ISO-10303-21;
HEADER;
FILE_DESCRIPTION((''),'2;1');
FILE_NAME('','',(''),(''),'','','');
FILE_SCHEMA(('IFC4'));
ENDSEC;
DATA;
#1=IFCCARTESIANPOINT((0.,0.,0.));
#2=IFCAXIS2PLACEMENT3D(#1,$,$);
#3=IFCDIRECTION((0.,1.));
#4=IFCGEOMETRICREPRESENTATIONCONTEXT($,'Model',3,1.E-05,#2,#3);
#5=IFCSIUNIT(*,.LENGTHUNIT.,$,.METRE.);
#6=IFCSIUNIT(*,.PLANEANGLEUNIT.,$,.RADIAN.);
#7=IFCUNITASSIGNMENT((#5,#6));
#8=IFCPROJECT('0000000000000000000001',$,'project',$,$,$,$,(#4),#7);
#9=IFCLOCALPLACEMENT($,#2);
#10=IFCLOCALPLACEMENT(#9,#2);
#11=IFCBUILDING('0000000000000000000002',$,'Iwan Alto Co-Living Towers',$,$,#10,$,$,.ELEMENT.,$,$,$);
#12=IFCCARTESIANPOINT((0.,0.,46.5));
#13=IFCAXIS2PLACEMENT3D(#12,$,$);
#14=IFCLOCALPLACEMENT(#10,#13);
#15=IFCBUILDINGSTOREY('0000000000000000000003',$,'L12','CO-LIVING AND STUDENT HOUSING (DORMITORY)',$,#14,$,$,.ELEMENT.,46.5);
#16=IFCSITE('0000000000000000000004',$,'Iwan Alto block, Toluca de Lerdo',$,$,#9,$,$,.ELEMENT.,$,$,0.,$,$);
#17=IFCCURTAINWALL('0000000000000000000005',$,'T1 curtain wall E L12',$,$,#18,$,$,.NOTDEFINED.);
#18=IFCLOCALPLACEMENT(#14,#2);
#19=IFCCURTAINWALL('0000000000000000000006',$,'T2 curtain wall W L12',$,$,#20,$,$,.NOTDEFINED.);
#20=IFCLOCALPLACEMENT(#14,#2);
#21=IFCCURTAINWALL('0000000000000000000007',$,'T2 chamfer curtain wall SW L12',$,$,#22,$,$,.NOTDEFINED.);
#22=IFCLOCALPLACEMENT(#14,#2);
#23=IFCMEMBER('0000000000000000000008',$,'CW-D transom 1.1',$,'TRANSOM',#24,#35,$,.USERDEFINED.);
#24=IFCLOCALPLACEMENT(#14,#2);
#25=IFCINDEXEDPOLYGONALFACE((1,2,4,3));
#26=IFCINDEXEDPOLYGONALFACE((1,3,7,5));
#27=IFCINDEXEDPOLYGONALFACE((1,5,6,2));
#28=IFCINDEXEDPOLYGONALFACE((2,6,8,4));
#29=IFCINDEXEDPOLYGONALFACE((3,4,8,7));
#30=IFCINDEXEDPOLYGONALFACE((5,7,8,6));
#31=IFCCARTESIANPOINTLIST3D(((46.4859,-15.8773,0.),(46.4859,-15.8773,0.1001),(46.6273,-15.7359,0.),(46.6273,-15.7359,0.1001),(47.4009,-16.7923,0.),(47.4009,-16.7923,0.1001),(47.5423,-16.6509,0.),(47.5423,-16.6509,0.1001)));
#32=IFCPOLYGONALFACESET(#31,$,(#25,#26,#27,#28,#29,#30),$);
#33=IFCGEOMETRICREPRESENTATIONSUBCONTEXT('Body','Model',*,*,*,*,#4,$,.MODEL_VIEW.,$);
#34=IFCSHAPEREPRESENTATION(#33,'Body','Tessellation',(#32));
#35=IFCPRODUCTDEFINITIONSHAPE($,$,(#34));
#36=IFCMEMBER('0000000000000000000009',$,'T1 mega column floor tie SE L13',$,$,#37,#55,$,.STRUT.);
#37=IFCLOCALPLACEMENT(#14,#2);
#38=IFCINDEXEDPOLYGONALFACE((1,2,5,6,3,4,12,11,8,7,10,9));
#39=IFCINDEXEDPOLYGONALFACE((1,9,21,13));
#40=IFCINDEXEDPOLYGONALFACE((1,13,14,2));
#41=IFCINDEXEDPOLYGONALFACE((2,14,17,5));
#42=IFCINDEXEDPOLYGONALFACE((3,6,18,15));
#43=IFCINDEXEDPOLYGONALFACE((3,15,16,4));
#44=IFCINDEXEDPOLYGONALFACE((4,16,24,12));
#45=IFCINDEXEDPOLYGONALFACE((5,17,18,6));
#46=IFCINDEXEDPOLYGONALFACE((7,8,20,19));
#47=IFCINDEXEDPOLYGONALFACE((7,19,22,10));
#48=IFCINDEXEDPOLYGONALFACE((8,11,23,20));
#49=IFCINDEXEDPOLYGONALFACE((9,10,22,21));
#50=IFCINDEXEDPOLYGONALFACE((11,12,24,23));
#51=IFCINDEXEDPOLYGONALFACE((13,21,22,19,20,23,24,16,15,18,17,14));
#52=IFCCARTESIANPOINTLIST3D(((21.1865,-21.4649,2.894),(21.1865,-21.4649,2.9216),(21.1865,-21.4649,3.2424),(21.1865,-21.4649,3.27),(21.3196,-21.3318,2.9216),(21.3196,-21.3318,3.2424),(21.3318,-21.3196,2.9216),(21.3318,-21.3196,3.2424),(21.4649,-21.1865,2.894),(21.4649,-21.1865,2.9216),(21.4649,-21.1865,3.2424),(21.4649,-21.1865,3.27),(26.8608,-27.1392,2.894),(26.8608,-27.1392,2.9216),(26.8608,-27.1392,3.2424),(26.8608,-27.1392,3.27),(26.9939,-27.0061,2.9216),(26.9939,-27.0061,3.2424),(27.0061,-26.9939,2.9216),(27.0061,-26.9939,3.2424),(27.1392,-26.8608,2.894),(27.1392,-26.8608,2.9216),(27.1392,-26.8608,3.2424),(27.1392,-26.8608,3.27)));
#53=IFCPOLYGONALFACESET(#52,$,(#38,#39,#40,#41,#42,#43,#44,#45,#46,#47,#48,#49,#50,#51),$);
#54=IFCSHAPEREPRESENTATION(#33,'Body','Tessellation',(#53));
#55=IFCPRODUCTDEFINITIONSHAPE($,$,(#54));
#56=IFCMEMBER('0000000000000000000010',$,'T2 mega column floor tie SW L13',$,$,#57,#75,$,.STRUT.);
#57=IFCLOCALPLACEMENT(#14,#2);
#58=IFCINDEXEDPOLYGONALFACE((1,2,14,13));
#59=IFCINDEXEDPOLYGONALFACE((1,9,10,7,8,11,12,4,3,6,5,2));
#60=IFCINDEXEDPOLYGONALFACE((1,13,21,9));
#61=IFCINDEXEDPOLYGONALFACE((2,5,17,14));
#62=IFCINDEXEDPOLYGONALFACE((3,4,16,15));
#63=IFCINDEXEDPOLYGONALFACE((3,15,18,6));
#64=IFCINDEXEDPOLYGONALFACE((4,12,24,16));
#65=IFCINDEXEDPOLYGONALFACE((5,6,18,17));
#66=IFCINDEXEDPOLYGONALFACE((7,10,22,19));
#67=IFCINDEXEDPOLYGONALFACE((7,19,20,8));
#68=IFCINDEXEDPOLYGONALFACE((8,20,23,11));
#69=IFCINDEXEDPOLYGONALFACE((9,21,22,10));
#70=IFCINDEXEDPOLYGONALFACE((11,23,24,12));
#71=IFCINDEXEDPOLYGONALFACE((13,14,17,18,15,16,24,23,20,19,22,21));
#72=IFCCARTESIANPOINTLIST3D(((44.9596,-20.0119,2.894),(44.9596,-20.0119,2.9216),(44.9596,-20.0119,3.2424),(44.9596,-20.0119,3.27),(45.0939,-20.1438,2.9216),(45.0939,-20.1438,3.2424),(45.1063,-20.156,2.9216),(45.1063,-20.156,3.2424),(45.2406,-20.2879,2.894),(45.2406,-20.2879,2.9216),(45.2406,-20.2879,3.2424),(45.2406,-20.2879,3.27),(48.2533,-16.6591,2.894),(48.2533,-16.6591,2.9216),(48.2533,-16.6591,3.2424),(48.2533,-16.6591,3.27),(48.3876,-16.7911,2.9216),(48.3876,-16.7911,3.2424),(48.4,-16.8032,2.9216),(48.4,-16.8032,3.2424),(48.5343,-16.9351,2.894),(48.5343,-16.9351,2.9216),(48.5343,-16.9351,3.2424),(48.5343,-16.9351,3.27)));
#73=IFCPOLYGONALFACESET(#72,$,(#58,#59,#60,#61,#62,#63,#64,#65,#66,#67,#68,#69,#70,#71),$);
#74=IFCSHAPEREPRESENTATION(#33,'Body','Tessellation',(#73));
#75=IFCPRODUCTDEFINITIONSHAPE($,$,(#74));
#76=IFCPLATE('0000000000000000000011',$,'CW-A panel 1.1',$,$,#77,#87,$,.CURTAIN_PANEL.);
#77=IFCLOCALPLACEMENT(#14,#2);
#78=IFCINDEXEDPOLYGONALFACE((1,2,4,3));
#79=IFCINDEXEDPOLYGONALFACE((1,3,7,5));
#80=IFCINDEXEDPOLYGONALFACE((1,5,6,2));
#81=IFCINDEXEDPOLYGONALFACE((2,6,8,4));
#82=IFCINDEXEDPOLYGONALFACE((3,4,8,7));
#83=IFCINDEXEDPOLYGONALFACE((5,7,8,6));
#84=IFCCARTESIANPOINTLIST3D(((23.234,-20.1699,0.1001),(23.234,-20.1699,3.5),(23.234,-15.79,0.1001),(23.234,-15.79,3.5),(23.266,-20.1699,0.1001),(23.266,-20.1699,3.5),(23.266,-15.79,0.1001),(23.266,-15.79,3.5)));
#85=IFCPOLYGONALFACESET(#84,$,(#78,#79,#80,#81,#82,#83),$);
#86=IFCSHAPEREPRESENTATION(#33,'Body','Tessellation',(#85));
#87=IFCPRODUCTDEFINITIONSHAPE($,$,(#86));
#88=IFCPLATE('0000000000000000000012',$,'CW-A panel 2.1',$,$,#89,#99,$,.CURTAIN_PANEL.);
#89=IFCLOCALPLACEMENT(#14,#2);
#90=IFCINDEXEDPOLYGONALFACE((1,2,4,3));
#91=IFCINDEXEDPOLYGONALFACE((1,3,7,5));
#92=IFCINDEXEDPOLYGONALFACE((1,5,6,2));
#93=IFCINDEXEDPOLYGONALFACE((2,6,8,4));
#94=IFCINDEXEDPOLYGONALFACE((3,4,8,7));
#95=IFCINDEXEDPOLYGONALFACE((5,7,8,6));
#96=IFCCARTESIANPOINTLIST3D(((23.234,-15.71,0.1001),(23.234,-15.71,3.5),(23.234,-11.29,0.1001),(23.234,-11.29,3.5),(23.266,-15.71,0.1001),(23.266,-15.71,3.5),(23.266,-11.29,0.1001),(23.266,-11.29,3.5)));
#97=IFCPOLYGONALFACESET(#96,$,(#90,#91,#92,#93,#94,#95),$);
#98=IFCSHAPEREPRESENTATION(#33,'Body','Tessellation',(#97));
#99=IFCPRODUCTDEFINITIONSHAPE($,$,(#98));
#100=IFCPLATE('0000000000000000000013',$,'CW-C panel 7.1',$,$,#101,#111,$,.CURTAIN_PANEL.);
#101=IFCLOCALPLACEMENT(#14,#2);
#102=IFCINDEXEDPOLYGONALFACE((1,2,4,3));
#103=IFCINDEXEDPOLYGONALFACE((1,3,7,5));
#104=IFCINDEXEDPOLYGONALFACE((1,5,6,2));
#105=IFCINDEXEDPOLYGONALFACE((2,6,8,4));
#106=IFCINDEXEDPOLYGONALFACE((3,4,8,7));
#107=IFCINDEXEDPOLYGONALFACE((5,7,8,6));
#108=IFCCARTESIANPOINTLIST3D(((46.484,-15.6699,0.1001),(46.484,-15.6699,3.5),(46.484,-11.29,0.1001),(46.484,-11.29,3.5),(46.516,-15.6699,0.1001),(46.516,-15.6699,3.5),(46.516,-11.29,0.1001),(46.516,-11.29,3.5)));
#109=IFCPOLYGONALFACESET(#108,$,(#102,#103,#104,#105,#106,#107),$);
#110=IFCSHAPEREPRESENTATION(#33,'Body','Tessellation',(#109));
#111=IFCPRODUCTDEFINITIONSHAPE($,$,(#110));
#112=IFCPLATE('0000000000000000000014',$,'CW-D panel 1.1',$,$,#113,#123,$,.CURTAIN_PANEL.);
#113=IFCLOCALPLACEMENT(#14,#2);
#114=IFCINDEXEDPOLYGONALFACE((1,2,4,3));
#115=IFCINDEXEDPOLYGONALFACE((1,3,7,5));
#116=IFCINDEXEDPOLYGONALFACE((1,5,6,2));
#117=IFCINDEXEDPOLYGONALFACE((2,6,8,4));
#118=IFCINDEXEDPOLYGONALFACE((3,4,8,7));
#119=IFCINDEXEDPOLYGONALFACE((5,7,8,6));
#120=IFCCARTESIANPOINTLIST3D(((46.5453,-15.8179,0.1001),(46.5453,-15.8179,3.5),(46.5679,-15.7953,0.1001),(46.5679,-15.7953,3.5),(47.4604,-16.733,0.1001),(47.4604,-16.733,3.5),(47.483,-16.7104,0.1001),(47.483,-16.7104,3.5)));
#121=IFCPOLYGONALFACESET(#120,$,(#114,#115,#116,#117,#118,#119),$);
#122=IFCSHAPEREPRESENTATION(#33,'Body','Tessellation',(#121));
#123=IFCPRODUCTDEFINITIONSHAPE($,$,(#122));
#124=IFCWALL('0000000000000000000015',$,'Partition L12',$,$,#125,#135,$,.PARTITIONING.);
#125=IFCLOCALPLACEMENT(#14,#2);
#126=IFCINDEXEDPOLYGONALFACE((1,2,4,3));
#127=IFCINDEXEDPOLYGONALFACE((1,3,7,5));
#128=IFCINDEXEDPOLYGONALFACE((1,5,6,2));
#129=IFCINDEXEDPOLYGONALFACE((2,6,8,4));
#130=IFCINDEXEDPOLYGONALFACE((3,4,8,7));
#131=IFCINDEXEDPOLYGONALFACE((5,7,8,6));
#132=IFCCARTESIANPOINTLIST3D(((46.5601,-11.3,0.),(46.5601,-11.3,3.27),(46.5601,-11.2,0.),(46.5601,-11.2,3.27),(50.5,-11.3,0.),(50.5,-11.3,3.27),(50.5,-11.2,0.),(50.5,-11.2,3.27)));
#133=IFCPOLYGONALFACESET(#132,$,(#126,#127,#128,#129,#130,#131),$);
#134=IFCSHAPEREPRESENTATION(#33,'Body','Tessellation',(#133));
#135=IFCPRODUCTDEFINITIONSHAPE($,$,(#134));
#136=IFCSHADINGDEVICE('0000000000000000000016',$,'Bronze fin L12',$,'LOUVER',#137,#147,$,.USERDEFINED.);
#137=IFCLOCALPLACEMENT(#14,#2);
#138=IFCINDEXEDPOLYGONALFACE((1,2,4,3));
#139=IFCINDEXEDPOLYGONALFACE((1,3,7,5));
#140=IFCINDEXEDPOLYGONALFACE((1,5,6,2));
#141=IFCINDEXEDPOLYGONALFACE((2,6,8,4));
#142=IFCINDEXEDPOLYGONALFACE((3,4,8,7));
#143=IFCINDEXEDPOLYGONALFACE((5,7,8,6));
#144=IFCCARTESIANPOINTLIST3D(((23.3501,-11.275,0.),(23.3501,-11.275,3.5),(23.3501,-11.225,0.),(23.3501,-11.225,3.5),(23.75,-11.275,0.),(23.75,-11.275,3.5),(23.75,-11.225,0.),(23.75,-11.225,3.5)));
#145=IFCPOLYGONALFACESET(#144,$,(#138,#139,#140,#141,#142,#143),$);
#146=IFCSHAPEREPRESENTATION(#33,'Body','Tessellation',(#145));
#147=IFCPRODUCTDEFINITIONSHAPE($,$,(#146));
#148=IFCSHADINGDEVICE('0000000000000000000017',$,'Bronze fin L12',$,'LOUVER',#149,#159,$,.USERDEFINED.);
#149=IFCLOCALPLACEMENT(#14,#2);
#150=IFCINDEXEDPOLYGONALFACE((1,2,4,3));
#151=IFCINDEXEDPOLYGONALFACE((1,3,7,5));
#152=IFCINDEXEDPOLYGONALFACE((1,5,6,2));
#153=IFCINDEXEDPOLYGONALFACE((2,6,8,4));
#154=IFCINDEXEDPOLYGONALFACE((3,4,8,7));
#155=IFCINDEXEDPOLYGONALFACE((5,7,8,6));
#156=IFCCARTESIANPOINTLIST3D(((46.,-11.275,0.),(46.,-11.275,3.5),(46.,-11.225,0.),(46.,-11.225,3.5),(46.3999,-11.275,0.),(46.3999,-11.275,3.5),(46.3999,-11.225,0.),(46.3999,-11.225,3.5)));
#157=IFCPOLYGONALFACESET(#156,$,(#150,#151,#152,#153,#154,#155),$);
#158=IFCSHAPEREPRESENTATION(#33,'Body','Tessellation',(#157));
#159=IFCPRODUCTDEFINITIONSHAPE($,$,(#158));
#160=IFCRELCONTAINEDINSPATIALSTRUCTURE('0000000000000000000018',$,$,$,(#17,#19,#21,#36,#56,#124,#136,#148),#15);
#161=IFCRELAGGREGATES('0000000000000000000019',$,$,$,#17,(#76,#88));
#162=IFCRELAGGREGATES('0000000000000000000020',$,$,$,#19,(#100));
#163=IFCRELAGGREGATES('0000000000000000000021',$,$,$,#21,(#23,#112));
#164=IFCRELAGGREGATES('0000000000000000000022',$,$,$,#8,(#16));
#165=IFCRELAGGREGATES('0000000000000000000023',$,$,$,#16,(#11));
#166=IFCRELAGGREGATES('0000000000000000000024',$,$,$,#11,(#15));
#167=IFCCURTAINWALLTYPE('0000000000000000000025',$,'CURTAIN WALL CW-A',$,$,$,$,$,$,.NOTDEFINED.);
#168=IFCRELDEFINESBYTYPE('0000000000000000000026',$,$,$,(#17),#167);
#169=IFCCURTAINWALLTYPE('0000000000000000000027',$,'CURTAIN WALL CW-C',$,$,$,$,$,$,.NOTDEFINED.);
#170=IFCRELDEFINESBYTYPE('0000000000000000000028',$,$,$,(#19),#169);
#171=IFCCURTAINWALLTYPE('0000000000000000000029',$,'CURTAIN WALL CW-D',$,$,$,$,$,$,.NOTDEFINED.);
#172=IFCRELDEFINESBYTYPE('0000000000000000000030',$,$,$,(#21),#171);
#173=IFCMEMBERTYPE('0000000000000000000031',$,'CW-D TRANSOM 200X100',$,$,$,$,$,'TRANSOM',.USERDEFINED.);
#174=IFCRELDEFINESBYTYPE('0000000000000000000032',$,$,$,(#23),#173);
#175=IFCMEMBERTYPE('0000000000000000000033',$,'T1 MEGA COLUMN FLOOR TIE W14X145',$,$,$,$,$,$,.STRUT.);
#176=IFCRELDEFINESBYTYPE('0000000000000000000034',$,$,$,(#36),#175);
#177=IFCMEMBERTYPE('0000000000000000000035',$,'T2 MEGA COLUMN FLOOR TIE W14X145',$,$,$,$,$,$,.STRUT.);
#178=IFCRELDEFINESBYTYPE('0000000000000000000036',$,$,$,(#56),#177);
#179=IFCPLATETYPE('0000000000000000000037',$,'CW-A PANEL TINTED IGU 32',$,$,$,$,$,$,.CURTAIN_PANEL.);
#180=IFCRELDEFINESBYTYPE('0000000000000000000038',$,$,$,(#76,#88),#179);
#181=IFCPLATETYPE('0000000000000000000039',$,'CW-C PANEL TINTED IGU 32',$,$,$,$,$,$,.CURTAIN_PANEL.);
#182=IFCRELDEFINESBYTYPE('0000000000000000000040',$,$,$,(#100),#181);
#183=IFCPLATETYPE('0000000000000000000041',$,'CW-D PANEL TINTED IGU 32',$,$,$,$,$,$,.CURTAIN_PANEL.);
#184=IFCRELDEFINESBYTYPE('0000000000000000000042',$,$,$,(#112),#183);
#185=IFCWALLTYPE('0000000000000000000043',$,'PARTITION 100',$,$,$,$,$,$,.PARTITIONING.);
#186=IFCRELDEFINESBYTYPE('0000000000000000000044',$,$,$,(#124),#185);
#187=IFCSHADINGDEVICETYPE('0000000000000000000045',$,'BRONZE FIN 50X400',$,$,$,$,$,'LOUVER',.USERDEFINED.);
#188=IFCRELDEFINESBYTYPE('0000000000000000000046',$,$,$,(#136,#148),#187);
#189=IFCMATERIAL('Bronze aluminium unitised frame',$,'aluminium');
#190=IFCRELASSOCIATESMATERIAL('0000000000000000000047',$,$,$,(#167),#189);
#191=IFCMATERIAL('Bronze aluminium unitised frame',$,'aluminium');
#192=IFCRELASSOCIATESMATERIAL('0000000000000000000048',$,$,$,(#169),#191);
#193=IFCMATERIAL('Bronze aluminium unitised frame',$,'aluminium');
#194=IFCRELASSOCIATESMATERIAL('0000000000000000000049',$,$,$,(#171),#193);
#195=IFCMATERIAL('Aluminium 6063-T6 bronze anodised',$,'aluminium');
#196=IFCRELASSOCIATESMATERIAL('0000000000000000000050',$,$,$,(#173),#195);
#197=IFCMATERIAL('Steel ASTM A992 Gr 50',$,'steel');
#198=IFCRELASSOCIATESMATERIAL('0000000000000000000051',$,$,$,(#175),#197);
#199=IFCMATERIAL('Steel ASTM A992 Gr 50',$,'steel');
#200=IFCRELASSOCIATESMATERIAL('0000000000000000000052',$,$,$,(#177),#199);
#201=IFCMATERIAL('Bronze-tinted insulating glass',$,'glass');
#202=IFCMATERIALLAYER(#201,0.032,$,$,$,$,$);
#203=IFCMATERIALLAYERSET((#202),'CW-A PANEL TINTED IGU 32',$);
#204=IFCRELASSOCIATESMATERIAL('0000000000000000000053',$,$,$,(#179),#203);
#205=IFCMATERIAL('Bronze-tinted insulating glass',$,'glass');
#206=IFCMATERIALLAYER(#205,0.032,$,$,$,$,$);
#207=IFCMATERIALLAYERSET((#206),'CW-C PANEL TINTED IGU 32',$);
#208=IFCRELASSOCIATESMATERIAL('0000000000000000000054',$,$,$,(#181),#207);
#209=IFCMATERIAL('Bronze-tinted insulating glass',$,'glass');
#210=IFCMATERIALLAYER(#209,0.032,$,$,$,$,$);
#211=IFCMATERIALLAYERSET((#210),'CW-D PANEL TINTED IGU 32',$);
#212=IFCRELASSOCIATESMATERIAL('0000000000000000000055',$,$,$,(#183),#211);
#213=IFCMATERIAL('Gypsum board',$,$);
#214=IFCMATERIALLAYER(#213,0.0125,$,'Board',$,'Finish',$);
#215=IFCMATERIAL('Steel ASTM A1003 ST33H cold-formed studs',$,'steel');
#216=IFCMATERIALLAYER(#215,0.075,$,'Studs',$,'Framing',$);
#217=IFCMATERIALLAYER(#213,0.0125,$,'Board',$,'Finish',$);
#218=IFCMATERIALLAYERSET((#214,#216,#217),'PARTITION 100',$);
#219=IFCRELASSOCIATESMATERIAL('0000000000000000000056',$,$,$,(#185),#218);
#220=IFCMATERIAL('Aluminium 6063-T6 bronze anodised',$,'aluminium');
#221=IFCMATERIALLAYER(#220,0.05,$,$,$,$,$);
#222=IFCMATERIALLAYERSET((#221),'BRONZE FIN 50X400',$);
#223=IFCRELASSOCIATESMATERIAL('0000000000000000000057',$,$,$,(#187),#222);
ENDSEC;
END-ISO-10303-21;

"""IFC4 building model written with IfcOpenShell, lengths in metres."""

from ifc_helpers import new_model, si_unit, direction, frame, frame_2d, origin, origin_2d, place, context, subcontext, project, spatial, rectangle, i_section, extrude, material, layer, layer_set, material_profile, profile_set, type_object, element, aggregate, save


model = new_model("IFC4")

# Units and contexts
model_context = context("Model", 3, precision=1e-05, world=origin(), true_north=direction((0.0, 1.0)))
body_context = subcontext(model_context, "Body", "Model", "MODEL_VIEW")
ifc_project = project(units=[si_unit("LENGTHUNIT", "METRE"), si_unit("PLANEANGLEUNIT", "RADIAN")], contexts=[model_context])

# Site, building, storey
site_placement = place(None, origin())
site = spatial("IfcSite", under=ifc_project, at=site_placement, Name="Iwan Alto block, Toluca de Lerdo", CompositionType="ELEMENT", RefElevation=0.0)
building_placement = place(site_placement, origin())
building = spatial("IfcBuilding", under=site, at=building_placement, Name="Iwan Alto Co-Living Towers", CompositionType="ELEMENT")
storey_placement = place(building_placement, frame((0.0, 0.0, 46.5)))
storey = spatial("IfcBuildingStorey", under=building, at=storey_placement, Name="L12", Description="CO-LIVING AND STUDENT HOUSING (DORMITORY)", CompositionType="ELEMENT", Elevation=46.5)

# Curtain walls, member
ifc_material_1 = material(Name="Bronze aluminium unitised frame", Category="aluminium")
curtain_wall_type_1 = type_object("IfcCurtainWallType", Name="CURTAIN WALL CW-A", PredefinedType="NOTDEFINED", material=ifc_material_1)
curtain_wall_1_placement = place(storey_placement, origin())
curtain_wall_1 = element("IfcCurtainWall", 1, at=curtain_wall_1_placement, inside=storey, type_object=curtain_wall_type_1, Name="T1 curtain wall E L12", PredefinedType="NOTDEFINED")
ifc_material_2 = material(Name="Bronze aluminium unitised frame", Category="aluminium")
curtain_wall_type_2 = type_object("IfcCurtainWallType", Name="CURTAIN WALL CW-C", PredefinedType="NOTDEFINED", material=ifc_material_2)
curtain_wall_2_placement = place(storey_placement, origin())
curtain_wall_2 = element("IfcCurtainWall", 2, at=curtain_wall_2_placement, inside=storey, type_object=curtain_wall_type_2, Name="T2 curtain wall W L12", PredefinedType="NOTDEFINED")
ifc_material_3 = material(Name="Bronze aluminium unitised frame", Category="aluminium")
curtain_wall_type_3 = type_object("IfcCurtainWallType", Name="CURTAIN WALL CW-D", PredefinedType="NOTDEFINED", material=ifc_material_3)
curtain_wall_3_placement = place(storey_placement, origin())
curtain_wall_3 = element("IfcCurtainWall", 3, at=curtain_wall_3_placement, inside=storey, type_object=curtain_wall_type_3, Name="T2 chamfer curtain wall SW L12", PredefinedType="NOTDEFINED")
ifc_material_4 = material(Name="Aluminium 6063-T6 bronze anodised", Category="aluminium")
ifc_material_profile_1 = material_profile(ifc_material_4, rectangle(XDim=0.2, YDim=0.1001, at=origin_2d()), Name="AL 200X100")
ifc_profile_set_1 = profile_set([ifc_material_profile_1], Name="Aluminium 6063-T6 bronze anodised")
member_type_1 = type_object("IfcMemberType", Name="CW-D TRANSOM 200X100", ElementType="TRANSOM", PredefinedType="USERDEFINED", material=ifc_profile_set_1)
member_1_placement = place(storey_placement, frame((46.5566, -15.8066, 0.05), z_axis=(0.707107, -0.707107, 0.0), x_axis=(0.707107, 0.707107, 0.0)))
member_1 = element("IfcMember", 4, at=member_1_placement, type_object=member_type_1, Name="CW-D transom 1.1", ObjectType="TRANSOM", PredefinedType="USERDEFINED", context=body_context, shape_type="SweptSolid", body=[
    extrude(rectangle(XDim=0.2, YDim=0.1001, at=origin_2d()), origin(), (0.0, 0.0, 1.0), 1.2939),
])

# Members
ifc_material_5 = material(Name="Steel ASTM A992 Gr 50", Category="steel")
ifc_material_profile_2 = material_profile(ifc_material_5, i_section(OverallWidth=0.3938, OverallDepth=0.376, WebThickness=0.0173, FlangeThickness=0.0276, at=origin_2d()), Name="W14X145")
ifc_profile_set_2 = profile_set([ifc_material_profile_2], Name="Steel ASTM A992 Gr 50")
member_type_2 = type_object("IfcMemberType", Name="T1 MEGA COLUMN FLOOR TIE W14X145", PredefinedType="STRUT", material=ifc_profile_set_2)
member_2_placement = place(storey_placement, frame((27.0, -27.0, 3.082), z_axis=(-0.707107, 0.707107, 0.0), x_axis=(-0.707107, -0.707107, 0.0)))
element("IfcMember", 5, at=member_2_placement, inside=storey, type_object=member_type_2, Name="T1 mega column floor tie SE L13", PredefinedType="STRUT", context=body_context, shape_type="SweptSolid", body=[
    extrude(i_section(OverallWidth=0.3938, OverallDepth=0.376, WebThickness=0.0173, FlangeThickness=0.0276, at=origin_2d()), origin(), (0.0, 0.0, 1.0), 8.0247),
])
ifc_material_6 = material(Name="Steel ASTM A992 Gr 50", Category="steel")
ifc_material_profile_3 = material_profile(ifc_material_6, i_section(OverallWidth=0.3938, OverallDepth=0.376, WebThickness=0.0173, FlangeThickness=0.0276, at=origin_2d()), Name="W14X145")
ifc_profile_set_3 = profile_set([ifc_material_profile_3], Name="Steel ASTM A992 Gr 50")
member_type_3 = type_object("IfcMemberType", Name="T2 MEGA COLUMN FLOOR TIE W14X145", PredefinedType="STRUT", material=ifc_profile_set_3)
member_3_placement = place(storey_placement, frame((45.1001, -20.1499, 3.082), z_axis=(0.700793, 0.713364, 0.0), x_axis=(-0.713364, 0.700793, 0.0)))
element("IfcMember", 6, at=member_3_placement, inside=storey, type_object=member_type_3, Name="T2 mega column floor tie SW L13", PredefinedType="STRUT", context=body_context, shape_type="SweptSolid", body=[
    extrude(i_section(OverallWidth=0.3938, OverallDepth=0.376, WebThickness=0.0173, FlangeThickness=0.0276, at=origin_2d()), origin(), (0.0, 0.0, 1.0), 4.7),
])

# Plates
ifc_material_7 = material(Name="Bronze-tinted insulating glass", Category="glass")
ifc_layer_1 = layer(ifc_material_7, 0.032)
ifc_layer_set_1 = layer_set([ifc_layer_1], Name="CW-A PANEL TINTED IGU 32")
plate_type_1 = type_object("IfcPlateType", Name="CW-A PANEL TINTED IGU 32", PredefinedType="CURTAIN_PANEL", material=ifc_layer_set_1)
plate_1_placement = place(storey_placement, frame((23.25, -17.98, 0.1001), z_axis=(0.0, 0.0, 1.0), x_axis=(0.0, 1.0, 0.0)))
plate_1 = element("IfcPlate", 7, at=plate_1_placement, type_object=plate_type_1, Name="CW-A panel 1.1", PredefinedType="CURTAIN_PANEL", context=body_context, shape_type="SweptSolid", body=[
    extrude(rectangle(XDim=4.3799, YDim=0.032, at=origin_2d()), origin(), (0.0, 0.0, 1.0), 3.3999),
])
plate_2_placement = place(storey_placement, frame((23.25, -13.5, 0.1001), z_axis=(0.0, 0.0, 1.0), x_axis=(0.0, 1.0, 0.0)))
plate_2 = element("IfcPlate", 8, at=plate_2_placement, type_object=plate_type_1, Name="CW-A panel 2.1", PredefinedType="CURTAIN_PANEL", context=body_context, shape_type="SweptSolid", body=[
    extrude(rectangle(XDim=4.4199, YDim=0.032, at=origin_2d()), origin(), (0.0, 0.0, 1.0), 3.3999),
])
aggregate(curtain_wall_1, [plate_1, plate_2])
ifc_material_8 = material(Name="Bronze-tinted insulating glass", Category="glass")
ifc_layer_2 = layer(ifc_material_8, 0.032)
ifc_layer_set_2 = layer_set([ifc_layer_2], Name="CW-C PANEL TINTED IGU 32")
plate_type_2 = type_object("IfcPlateType", Name="CW-C PANEL TINTED IGU 32", PredefinedType="CURTAIN_PANEL", material=ifc_layer_set_2)
plate_3_placement = place(storey_placement, frame((46.5, -13.48, 0.1001), z_axis=(0.0, 0.0, 1.0), x_axis=(0.0, -1.0, 0.0)))
plate_3 = element("IfcPlate", 9, at=plate_3_placement, type_object=plate_type_2, Name="CW-C panel 7.1", PredefinedType="CURTAIN_PANEL", context=body_context, shape_type="SweptSolid", body=[
    extrude(rectangle(XDim=4.3799, YDim=0.032, at=origin_2d()), origin(), (0.0, 0.0, 1.0), 3.3999),
])
aggregate(curtain_wall_2, [plate_3])
ifc_material_9 = material(Name="Bronze-tinted insulating glass", Category="glass")
ifc_layer_3 = layer(ifc_material_9, 0.032)
ifc_layer_set_3 = layer_set([ifc_layer_3], Name="CW-D PANEL TINTED IGU 32")
plate_type_3 = type_object("IfcPlateType", Name="CW-D PANEL TINTED IGU 32", PredefinedType="CURTAIN_PANEL", material=ifc_layer_set_3)
plate_4_placement = place(storey_placement, frame((47.0142, -16.2642, 0.1001), z_axis=(0.0, 0.0, 1.0), x_axis=(0.707107, -0.707107, 0.0)))
plate_4 = element("IfcPlate", 10, at=plate_4_placement, type_object=plate_type_3, Name="CW-D panel 1.1", PredefinedType="CURTAIN_PANEL", context=body_context, shape_type="SweptSolid", body=[
    extrude(rectangle(XDim=1.2942, YDim=0.032, at=origin_2d()), origin(), (0.0, 0.0, 1.0), 3.3999),
])
aggregate(curtain_wall_3, [member_1, plate_4])

# Wall
ifc_material_10 = material(Name="Gypsum board")
ifc_layer_4 = layer(ifc_material_10, 0.0125, Name="Board", Category="Finish")
ifc_material_11 = material(Name="Steel ASTM A1003 ST33H cold-formed studs", Category="steel")
ifc_layer_5 = layer(ifc_material_11, 0.075, Name="Studs", Category="Framing")
ifc_layer_6 = layer(ifc_material_10, 0.0125, Name="Board", Category="Finish")
ifc_layer_set_4 = layer_set([ifc_layer_4, ifc_layer_5, ifc_layer_6], Name="PARTITION 100")
wall_type = type_object("IfcWallType", Name="PARTITION 100", PredefinedType="PARTITIONING", material=ifc_layer_set_4)
wall_placement = place(storey_placement, frame((46.5601, -11.25, 0.0), z_axis=(0.0, 0.0, 1.0), x_axis=(1.0, 0.0, 0.0)))
element("IfcWall", 11, at=wall_placement, inside=storey, type_object=wall_type, Name="Partition L12", PredefinedType="PARTITIONING", context=body_context, shape_type="SweptSolid", body=[
    extrude(rectangle(XDim=3.9399, YDim=0.1001, at=frame_2d((1.97, 0.0))), origin(), (0.0, 0.0, 1.0), 3.27),
])

# Shading devices
ifc_material_12 = material(Name="Aluminium 6063-T6 bronze anodised", Category="aluminium")
ifc_layer_7 = layer(ifc_material_12, 0.05)
ifc_layer_set_5 = layer_set([ifc_layer_7], Name="BRONZE FIN 50X400")
shading_device_type = type_object("IfcShadingDeviceType", Name="BRONZE FIN 50X400", ElementType="LOUVER", PredefinedType="USERDEFINED", material=ifc_layer_set_5)
for number, where, z_axis, x_axis, name in (
    (12, (23.55, -11.25, 0.0), (0.0, 0.0, 1.0), (0.0, 1.0, 0.0), "Bronze fin L12"),
    (13, (46.2, -11.25, 0.0), (0.0, 0.0, 1.0), (0.0, -1.0, 0.0), "Bronze fin L12"),
):
    element("IfcShadingDevice", number, at=place(storey_placement, frame(where, z_axis=z_axis, x_axis=x_axis)), inside=storey, type_object=shading_device_type, Name=name, ObjectType="LOUVER", PredefinedType="USERDEFINED", context=body_context, shape_type="SweptSolid", body=[
        extrude(rectangle(XDim=0.05, YDim=0.3999, at=origin_2d()), origin(), (0.0, 0.0, 1.0), 3.5),
    ])

save(model, "model.ifc")
